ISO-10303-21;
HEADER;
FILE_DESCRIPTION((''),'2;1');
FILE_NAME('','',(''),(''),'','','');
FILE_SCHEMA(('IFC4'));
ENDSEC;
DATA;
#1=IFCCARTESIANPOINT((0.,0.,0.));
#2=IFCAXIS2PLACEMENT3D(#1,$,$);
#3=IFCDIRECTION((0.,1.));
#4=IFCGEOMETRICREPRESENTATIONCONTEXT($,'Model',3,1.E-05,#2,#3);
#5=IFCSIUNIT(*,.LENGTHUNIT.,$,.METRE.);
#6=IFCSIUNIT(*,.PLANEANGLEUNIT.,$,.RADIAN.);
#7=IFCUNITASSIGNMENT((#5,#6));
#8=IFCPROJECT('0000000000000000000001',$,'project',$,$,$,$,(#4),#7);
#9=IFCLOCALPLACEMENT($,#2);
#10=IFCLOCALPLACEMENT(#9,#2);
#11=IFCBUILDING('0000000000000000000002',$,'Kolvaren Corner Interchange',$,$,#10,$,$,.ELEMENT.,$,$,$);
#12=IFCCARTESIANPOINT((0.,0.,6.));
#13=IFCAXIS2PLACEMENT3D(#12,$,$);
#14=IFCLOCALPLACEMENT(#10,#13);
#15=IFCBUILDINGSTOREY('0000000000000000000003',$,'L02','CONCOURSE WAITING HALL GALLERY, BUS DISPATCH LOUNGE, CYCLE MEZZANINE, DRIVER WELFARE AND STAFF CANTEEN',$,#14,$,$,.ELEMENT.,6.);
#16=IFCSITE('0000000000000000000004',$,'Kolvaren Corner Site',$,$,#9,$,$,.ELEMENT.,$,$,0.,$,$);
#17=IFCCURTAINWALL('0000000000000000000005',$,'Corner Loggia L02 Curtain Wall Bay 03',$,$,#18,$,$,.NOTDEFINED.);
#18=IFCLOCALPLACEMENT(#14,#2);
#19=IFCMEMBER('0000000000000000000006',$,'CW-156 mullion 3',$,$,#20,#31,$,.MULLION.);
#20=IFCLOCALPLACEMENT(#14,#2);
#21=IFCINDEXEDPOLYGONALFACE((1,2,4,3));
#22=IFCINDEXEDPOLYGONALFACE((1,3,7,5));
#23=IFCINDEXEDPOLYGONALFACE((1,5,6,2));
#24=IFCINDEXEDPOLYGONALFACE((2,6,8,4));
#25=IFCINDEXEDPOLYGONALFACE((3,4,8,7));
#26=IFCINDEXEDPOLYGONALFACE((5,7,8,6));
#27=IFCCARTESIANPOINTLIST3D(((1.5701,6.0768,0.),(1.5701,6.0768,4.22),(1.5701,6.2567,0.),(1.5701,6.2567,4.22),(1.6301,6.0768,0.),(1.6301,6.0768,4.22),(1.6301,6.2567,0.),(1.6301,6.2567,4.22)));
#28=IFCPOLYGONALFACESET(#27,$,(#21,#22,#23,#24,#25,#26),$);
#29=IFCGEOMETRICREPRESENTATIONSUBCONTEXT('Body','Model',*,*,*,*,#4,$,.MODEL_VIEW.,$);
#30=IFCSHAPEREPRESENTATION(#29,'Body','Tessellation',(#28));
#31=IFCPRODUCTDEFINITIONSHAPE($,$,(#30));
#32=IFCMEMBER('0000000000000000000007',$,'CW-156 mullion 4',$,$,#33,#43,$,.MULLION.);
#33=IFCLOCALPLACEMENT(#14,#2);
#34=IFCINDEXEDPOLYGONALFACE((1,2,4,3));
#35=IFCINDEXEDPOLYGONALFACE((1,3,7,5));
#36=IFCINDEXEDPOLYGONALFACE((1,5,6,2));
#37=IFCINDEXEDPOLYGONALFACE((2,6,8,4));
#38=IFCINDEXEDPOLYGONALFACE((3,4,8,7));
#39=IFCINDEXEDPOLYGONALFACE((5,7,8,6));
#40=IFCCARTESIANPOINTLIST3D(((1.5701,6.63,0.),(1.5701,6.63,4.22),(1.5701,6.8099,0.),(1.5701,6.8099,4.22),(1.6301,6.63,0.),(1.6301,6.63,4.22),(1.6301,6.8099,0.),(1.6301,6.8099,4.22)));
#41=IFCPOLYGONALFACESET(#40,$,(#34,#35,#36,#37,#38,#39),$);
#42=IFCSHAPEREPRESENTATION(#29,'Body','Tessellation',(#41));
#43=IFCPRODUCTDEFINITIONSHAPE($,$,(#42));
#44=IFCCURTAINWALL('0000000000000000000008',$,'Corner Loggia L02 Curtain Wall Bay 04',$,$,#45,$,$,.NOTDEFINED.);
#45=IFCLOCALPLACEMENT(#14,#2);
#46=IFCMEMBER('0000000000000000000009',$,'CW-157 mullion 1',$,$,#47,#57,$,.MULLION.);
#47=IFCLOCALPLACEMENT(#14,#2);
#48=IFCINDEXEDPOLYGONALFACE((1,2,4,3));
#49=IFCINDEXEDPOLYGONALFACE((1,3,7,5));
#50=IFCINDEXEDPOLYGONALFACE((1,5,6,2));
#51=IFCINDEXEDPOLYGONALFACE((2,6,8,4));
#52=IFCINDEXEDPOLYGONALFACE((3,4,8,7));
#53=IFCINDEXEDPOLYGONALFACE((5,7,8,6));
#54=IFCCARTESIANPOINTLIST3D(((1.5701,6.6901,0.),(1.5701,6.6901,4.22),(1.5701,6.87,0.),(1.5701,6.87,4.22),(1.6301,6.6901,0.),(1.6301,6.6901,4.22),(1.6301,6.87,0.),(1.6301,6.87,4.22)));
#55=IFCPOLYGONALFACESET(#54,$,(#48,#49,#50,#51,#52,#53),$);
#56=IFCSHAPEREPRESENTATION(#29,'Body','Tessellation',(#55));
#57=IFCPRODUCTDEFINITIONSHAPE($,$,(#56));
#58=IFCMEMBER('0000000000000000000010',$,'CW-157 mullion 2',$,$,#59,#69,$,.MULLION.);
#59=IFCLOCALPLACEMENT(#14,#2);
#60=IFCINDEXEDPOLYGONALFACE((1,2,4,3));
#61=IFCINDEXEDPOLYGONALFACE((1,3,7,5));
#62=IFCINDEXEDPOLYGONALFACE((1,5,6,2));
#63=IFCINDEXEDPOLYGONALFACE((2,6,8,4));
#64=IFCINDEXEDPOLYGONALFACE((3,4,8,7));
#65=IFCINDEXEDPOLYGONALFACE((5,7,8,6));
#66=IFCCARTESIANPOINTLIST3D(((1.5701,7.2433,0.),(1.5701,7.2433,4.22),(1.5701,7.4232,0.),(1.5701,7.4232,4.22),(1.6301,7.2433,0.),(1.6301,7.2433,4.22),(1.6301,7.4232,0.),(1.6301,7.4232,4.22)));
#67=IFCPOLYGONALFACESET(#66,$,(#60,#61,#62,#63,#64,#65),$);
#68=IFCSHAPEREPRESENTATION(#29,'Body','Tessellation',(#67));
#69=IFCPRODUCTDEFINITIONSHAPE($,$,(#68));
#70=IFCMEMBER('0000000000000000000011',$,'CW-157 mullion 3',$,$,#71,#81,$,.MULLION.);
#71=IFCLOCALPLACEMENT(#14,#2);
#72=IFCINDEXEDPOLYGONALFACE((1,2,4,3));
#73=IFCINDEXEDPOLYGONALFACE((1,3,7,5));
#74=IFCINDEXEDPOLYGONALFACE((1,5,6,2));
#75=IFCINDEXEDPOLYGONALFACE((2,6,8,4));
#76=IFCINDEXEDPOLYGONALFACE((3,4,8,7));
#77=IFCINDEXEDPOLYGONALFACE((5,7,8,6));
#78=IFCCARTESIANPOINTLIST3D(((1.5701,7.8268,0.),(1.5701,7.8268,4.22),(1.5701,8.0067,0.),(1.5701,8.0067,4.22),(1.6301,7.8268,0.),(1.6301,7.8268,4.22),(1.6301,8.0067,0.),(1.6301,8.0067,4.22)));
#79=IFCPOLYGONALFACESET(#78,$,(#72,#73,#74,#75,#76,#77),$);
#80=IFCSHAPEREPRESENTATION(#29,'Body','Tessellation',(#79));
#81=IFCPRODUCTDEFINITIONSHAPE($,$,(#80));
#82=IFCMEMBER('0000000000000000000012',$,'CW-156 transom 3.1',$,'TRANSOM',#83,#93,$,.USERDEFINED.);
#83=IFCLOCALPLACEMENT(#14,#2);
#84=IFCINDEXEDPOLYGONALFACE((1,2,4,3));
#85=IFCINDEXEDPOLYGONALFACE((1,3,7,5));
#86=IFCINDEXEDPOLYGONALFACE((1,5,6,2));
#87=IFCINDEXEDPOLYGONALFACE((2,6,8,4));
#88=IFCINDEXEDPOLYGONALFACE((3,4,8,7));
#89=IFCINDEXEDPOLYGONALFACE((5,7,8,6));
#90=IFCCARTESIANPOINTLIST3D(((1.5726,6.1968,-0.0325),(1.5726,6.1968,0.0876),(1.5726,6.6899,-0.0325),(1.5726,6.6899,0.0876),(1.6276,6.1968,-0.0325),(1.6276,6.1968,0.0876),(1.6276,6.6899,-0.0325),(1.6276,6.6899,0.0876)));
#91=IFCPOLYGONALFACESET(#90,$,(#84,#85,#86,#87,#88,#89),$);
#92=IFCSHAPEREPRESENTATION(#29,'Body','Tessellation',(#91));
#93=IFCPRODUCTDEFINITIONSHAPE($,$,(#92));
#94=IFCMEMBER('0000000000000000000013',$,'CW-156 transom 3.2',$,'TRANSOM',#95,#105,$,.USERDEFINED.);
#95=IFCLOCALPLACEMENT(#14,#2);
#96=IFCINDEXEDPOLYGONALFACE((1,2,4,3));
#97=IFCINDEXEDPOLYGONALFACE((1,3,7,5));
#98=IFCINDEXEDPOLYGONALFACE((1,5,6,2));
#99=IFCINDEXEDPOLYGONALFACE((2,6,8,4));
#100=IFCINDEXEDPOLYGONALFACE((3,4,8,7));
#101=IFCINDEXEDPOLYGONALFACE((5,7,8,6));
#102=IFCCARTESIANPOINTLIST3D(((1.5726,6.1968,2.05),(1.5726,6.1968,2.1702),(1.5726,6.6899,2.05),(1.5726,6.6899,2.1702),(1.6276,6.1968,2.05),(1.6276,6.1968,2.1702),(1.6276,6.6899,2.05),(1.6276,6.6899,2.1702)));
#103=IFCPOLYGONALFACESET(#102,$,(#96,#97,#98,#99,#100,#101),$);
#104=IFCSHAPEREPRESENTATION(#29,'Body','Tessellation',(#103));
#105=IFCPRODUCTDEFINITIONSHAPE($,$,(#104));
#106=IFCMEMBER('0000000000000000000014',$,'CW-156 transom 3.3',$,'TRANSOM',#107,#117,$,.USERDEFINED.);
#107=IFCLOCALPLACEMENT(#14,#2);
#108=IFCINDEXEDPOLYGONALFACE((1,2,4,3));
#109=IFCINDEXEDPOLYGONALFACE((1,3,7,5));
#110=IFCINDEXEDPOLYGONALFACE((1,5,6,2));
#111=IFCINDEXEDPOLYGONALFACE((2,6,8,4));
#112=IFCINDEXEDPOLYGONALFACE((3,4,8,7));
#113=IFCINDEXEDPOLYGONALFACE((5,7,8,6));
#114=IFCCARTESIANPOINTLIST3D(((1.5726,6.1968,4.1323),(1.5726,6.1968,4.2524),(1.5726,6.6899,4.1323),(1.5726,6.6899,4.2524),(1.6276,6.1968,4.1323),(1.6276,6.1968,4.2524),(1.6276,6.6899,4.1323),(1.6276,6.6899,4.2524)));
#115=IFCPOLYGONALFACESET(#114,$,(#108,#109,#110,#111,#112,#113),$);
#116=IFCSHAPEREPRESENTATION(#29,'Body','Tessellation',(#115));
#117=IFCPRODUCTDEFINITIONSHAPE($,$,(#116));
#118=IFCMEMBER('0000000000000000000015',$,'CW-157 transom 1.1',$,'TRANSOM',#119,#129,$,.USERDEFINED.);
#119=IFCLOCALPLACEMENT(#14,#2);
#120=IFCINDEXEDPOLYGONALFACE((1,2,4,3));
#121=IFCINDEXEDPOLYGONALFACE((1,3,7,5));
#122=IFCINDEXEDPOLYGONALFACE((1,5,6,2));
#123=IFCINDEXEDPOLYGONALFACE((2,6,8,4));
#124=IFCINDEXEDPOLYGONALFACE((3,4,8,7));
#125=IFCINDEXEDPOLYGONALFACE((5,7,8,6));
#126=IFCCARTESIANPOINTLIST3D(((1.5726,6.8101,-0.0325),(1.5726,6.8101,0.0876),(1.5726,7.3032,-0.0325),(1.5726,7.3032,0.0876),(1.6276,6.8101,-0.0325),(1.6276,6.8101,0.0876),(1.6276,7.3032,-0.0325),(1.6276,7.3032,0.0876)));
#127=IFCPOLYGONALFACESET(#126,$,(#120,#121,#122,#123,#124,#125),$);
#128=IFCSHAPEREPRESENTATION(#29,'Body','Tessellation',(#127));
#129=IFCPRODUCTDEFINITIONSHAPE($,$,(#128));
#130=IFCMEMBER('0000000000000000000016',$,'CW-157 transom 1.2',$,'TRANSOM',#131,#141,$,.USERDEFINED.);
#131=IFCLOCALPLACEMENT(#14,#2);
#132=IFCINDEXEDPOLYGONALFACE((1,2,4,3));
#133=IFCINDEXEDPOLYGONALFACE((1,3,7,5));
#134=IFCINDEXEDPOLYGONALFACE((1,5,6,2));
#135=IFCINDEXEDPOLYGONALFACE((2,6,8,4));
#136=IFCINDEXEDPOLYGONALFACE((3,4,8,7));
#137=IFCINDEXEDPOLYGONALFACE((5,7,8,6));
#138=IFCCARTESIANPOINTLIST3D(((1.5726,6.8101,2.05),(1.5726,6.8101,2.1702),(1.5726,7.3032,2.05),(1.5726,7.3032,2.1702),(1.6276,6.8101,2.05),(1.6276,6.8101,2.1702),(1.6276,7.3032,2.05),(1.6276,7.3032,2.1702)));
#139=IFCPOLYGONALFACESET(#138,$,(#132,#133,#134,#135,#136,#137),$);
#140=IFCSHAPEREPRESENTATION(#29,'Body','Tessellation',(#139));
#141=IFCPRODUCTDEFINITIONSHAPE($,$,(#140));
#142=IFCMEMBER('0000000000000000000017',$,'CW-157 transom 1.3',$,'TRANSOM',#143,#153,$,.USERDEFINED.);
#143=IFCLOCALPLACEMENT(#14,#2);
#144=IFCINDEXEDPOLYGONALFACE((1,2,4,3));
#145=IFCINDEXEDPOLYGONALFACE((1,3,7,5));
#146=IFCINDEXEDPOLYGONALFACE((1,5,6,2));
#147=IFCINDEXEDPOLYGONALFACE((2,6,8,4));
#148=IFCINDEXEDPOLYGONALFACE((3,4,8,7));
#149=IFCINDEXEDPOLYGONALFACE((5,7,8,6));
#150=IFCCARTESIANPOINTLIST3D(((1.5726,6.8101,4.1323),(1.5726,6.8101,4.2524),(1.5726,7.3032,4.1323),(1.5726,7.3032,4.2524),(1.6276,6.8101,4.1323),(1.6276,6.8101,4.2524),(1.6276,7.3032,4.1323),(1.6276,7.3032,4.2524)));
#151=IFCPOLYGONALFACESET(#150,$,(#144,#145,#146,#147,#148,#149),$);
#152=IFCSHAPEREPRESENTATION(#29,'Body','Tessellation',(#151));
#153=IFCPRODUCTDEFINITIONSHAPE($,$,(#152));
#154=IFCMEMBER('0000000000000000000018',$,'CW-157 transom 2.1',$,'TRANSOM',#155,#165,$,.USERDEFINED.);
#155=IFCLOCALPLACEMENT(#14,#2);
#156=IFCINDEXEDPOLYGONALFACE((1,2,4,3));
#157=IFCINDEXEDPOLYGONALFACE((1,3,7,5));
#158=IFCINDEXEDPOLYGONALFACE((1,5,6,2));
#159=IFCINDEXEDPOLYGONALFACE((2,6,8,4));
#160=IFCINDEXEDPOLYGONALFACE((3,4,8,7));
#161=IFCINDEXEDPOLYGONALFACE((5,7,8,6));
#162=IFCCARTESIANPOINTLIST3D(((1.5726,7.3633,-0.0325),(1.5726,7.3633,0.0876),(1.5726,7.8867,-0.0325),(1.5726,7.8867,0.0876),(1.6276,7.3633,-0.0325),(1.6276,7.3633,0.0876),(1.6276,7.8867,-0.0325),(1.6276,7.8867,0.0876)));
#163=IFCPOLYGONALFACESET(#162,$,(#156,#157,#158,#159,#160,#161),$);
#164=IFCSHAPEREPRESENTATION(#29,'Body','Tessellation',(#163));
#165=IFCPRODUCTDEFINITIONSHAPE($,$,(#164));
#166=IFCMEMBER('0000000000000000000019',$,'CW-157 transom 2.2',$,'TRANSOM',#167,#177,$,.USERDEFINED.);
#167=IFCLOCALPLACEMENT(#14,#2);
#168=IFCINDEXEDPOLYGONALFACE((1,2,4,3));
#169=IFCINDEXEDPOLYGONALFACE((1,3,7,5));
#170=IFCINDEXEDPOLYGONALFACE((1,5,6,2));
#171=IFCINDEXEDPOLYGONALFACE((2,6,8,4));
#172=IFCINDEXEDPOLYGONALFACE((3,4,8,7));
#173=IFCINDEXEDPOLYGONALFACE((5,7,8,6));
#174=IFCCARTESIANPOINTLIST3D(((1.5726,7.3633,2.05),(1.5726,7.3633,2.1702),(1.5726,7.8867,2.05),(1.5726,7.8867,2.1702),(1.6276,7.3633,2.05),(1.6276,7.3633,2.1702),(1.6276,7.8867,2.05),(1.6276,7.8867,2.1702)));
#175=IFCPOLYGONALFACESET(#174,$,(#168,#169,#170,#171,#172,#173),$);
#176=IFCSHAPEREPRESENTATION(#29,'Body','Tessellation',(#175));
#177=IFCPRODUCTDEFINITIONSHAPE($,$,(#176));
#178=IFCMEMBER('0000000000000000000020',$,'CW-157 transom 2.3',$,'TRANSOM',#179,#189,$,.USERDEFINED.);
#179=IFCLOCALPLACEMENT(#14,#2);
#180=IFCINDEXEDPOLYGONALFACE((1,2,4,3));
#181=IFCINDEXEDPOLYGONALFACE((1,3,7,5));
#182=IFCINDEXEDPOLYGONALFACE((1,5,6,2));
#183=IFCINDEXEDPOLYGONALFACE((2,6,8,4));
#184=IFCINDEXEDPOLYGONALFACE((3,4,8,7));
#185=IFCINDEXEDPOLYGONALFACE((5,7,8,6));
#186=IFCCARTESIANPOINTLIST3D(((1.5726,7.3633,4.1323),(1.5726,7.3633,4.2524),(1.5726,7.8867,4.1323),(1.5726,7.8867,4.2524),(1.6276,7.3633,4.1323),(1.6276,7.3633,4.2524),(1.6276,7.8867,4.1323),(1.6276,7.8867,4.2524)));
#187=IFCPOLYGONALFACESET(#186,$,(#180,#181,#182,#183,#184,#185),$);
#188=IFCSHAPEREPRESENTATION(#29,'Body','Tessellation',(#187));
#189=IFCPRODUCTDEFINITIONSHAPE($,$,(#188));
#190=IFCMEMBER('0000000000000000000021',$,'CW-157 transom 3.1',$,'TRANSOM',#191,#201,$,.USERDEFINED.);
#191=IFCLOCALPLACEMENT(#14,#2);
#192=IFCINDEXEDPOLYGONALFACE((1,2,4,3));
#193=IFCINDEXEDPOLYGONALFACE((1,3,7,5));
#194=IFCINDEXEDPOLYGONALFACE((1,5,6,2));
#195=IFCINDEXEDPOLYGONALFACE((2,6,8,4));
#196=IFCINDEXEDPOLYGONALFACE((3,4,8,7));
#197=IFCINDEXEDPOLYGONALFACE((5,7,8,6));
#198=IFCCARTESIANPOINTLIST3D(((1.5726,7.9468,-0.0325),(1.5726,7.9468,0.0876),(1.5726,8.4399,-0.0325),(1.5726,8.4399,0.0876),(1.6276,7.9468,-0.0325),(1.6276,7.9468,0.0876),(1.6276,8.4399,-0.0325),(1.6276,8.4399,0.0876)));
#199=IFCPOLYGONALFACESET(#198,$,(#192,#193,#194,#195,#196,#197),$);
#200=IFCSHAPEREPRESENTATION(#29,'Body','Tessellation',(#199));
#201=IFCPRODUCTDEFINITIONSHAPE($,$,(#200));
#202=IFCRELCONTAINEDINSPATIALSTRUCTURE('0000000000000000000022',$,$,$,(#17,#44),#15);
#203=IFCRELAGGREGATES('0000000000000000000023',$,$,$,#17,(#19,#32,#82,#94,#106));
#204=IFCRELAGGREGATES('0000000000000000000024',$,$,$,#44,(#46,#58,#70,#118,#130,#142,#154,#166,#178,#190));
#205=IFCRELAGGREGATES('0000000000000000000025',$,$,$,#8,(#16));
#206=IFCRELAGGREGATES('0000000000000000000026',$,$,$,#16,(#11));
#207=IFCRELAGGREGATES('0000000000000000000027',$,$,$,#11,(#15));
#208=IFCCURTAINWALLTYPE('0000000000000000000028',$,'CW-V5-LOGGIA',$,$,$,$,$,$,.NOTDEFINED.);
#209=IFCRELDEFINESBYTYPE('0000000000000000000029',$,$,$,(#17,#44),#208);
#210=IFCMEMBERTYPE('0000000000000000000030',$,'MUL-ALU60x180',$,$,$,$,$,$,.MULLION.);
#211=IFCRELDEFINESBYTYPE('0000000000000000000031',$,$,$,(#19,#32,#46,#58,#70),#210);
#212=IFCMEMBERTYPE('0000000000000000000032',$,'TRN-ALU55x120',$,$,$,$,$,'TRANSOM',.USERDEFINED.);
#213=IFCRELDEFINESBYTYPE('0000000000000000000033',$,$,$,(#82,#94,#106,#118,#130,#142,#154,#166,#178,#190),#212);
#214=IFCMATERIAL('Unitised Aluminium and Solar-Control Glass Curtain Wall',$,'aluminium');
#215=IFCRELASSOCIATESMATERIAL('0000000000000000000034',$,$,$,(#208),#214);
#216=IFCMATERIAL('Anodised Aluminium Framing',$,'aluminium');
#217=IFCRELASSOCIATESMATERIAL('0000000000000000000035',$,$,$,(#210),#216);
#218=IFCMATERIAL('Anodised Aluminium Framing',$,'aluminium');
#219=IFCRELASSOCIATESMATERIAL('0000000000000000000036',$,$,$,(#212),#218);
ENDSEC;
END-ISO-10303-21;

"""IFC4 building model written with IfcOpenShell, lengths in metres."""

from ifc_helpers import new_model, si_unit, direction, frame, origin, origin_2d, place, context, subcontext, project, spatial, rectangle, extrude, material, material_profile, profile_set, type_object, element, aggregate, save


model = new_model("IFC4")

# Units and contexts
model_context = context("Model", 3, precision=1e-05, world=origin(), true_north=direction((0.0, 1.0)))
body_context = subcontext(model_context, "Body", "Model", "MODEL_VIEW")
ifc_project = project(units=[si_unit("LENGTHUNIT", "METRE"), si_unit("PLANEANGLEUNIT", "RADIAN")], contexts=[model_context])

# Site, building, storey
site_placement = place(None, origin())
site = spatial("IfcSite", under=ifc_project, at=site_placement, Name="Kolvaren Corner Site", CompositionType="ELEMENT", RefElevation=0.0)
building_placement = place(site_placement, origin())
building = spatial("IfcBuilding", under=site, at=building_placement, Name="Kolvaren Corner Interchange", CompositionType="ELEMENT")
storey_placement = place(building_placement, frame((0.0, 0.0, 6.0)))
storey = spatial("IfcBuildingStorey", under=building, at=storey_placement, Name="L02", Description="CONCOURSE WAITING HALL GALLERY, BUS DISPATCH LOUNGE, CYCLE MEZZANINE, DRIVER WELFARE AND STAFF CANTEEN", CompositionType="ELEMENT", Elevation=6.0)

# Curtain walls, members
ifc_material_1 = material(Name="Unitised Aluminium and Solar-Control Glass Curtain Wall", Category="aluminium")
curtain_wall_type = type_object("IfcCurtainWallType", Name="CW-V5-LOGGIA", PredefinedType="NOTDEFINED", material=ifc_material_1)
curtain_wall_1_placement = place(storey_placement, origin())
curtain_wall_1 = element("IfcCurtainWall", 1, at=curtain_wall_1_placement, inside=storey, type_object=curtain_wall_type, Name="Corner Loggia L02 Curtain Wall Bay 03", PredefinedType="NOTDEFINED")
ifc_material_2 = material(Name="Anodised Aluminium Framing", Category="aluminium")
ifc_material_profile_1 = material_profile(ifc_material_2, rectangle(XDim=0.0601, YDim=0.1799, at=origin_2d()), Name="ALU 60x180")
ifc_profile_set_1 = profile_set([ifc_material_profile_1], Name="Anodised Aluminium Framing")
member_type_1 = type_object("IfcMemberType", Name="MUL-ALU60x180", PredefinedType="MULLION", material=ifc_profile_set_1)
member_1_placement = place(storey_placement, frame((1.6001, 6.1667, 0.0), z_axis=(0.0, 0.0, 1.0), x_axis=(-1.0, 0.0, 0.0)))
member_1 = element("IfcMember", 2, at=member_1_placement, type_object=member_type_1, Name="CW-156 mullion 3", PredefinedType="MULLION", context=body_context, shape_type="SweptSolid", body=[
    extrude(rectangle(XDim=0.0601, YDim=0.1799, at=origin_2d()), origin(), (0.0, 0.0, 1.0), 4.22),
])
member_2_placement = place(storey_placement, frame((1.6001, 6.72, 0.0), z_axis=(0.0, 0.0, 1.0), x_axis=(-1.0, 0.0, 0.0)))
member_2 = element("IfcMember", 3, at=member_2_placement, type_object=member_type_1, Name="CW-156 mullion 4", PredefinedType="MULLION", context=body_context, shape_type="SweptSolid", body=[
    extrude(rectangle(XDim=0.0601, YDim=0.1799, at=origin_2d()), origin(), (0.0, 0.0, 1.0), 4.22),
])
curtain_wall_2_placement = place(storey_placement, origin())
curtain_wall_2 = element("IfcCurtainWall", 4, at=curtain_wall_2_placement, inside=storey, type_object=curtain_wall_type, Name="Corner Loggia L02 Curtain Wall Bay 04", PredefinedType="NOTDEFINED")
member_3_placement = place(storey_placement, frame((1.6001, 6.78, 0.0), z_axis=(0.0, 0.0, 1.0), x_axis=(-1.0, 0.0, 0.0)))
member_3 = element("IfcMember", 5, at=member_3_placement, type_object=member_type_1, Name="CW-157 mullion 1", PredefinedType="MULLION", context=body_context, shape_type="SweptSolid", body=[
    extrude(rectangle(XDim=0.0601, YDim=0.1799, at=origin_2d()), origin(), (0.0, 0.0, 1.0), 4.22),
])
member_4_placement = place(storey_placement, frame((1.6001, 7.3333, 0.0), z_axis=(0.0, 0.0, 1.0), x_axis=(-1.0, 0.0, 0.0)))
member_4 = element("IfcMember", 6, at=member_4_placement, type_object=member_type_1, Name="CW-157 mullion 2", PredefinedType="MULLION", context=body_context, shape_type="SweptSolid", body=[
    extrude(rectangle(XDim=0.0601, YDim=0.1799, at=origin_2d()), origin(), (0.0, 0.0, 1.0), 4.22),
])
member_5_placement = place(storey_placement, frame((1.6001, 7.9167, 0.0), z_axis=(0.0, 0.0, 1.0), x_axis=(-1.0, 0.0, 0.0)))
member_5 = element("IfcMember", 7, at=member_5_placement, type_object=member_type_1, Name="CW-157 mullion 3", PredefinedType="MULLION", context=body_context, shape_type="SweptSolid", body=[
    extrude(rectangle(XDim=0.0601, YDim=0.1799, at=origin_2d()), origin(), (0.0, 0.0, 1.0), 4.22),
])

# Members
ifc_material_3 = material(Name="Anodised Aluminium Framing", Category="aluminium")
ifc_material_profile_2 = material_profile(ifc_material_3, rectangle(XDim=0.0549, YDim=0.1201, at=origin_2d()), Name="ALU 55x120")
ifc_profile_set_2 = profile_set([ifc_material_profile_2], Name="Anodised Aluminium Framing")
member_type_2 = type_object("IfcMemberType", Name="TRN-ALU55x120", ElementType="TRANSOM", PredefinedType="USERDEFINED", material=ifc_profile_set_2)
member_6_placement = place(storey_placement, frame((1.6001, 6.1968, 0.0276), z_axis=(0.0, 1.0, 0.0), x_axis=(-1.0, 0.0, 0.0)))
member_6 = element("IfcMember", 8, at=member_6_placement, type_object=member_type_2, Name="CW-156 transom 3.1", ObjectType="TRANSOM", PredefinedType="USERDEFINED", context=body_context, shape_type="SweptSolid", body=[
    extrude(rectangle(XDim=0.0549, YDim=0.1201, at=origin_2d()), origin(), (0.0, 0.0, 1.0), 0.4932),
])
member_7_placement = place(storey_placement, frame((1.6001, 6.1968, 2.1101), z_axis=(0.0, 1.0, 0.0), x_axis=(-1.0, 0.0, 0.0)))
member_7 = element("IfcMember", 9, at=member_7_placement, type_object=member_type_2, Name="CW-156 transom 3.2", ObjectType="TRANSOM", PredefinedType="USERDEFINED", context=body_context, shape_type="SweptSolid", body=[
    extrude(rectangle(XDim=0.0549, YDim=0.1201, at=origin_2d()), origin(), (0.0, 0.0, 1.0), 0.4932),
])
member_8_placement = place(storey_placement, frame((1.6001, 6.1968, 4.1924), z_axis=(0.0, 1.0, 0.0), x_axis=(-1.0, 0.0, 0.0)))
member_8 = element("IfcMember", 10, at=member_8_placement, type_object=member_type_2, Name="CW-156 transom 3.3", ObjectType="TRANSOM", PredefinedType="USERDEFINED", context=body_context, shape_type="SweptSolid", body=[
    extrude(rectangle(XDim=0.0549, YDim=0.1201, at=origin_2d()), origin(), (0.0, 0.0, 1.0), 0.4932),
])
member_9_placement = place(storey_placement, frame((1.6001, 6.8101, 0.0276), z_axis=(0.0, 1.0, 0.0), x_axis=(-1.0, 0.0, 0.0)))
member_9 = element("IfcMember", 11, at=member_9_placement, type_object=member_type_2, Name="CW-157 transom 1.1", ObjectType="TRANSOM", PredefinedType="USERDEFINED", context=body_context, shape_type="SweptSolid", body=[
    extrude(rectangle(XDim=0.0549, YDim=0.1201, at=origin_2d()), origin(), (0.0, 0.0, 1.0), 0.4932),
])
member_10_placement = place(storey_placement, frame((1.6001, 6.8101, 2.1101), z_axis=(0.0, 1.0, 0.0), x_axis=(-1.0, 0.0, 0.0)))
member_10 = element("IfcMember", 12, at=member_10_placement, type_object=member_type_2, Name="CW-157 transom 1.2", ObjectType="TRANSOM", PredefinedType="USERDEFINED", context=body_context, shape_type="SweptSolid", body=[
    extrude(rectangle(XDim=0.0549, YDim=0.1201, at=origin_2d()), origin(), (0.0, 0.0, 1.0), 0.4932),
])
member_11_placement = place(storey_placement, frame((1.6001, 6.8101, 4.1924), z_axis=(0.0, 1.0, 0.0), x_axis=(-1.0, 0.0, 0.0)))
member_11 = element("IfcMember", 13, at=member_11_placement, type_object=member_type_2, Name="CW-157 transom 1.3", ObjectType="TRANSOM", PredefinedType="USERDEFINED", context=body_context, shape_type="SweptSolid", body=[
    extrude(rectangle(XDim=0.0549, YDim=0.1201, at=origin_2d()), origin(), (0.0, 0.0, 1.0), 0.4932),
])
member_12_placement = place(storey_placement, frame((1.6001, 7.3633, 0.0276), z_axis=(0.0, 1.0, 0.0), x_axis=(-1.0, 0.0, 0.0)))
member_12 = element("IfcMember", 14, at=member_12_placement, type_object=member_type_2, Name="CW-157 transom 2.1", ObjectType="TRANSOM", PredefinedType="USERDEFINED", context=body_context, shape_type="SweptSolid", body=[
    extrude(rectangle(XDim=0.0549, YDim=0.1201, at=origin_2d()), origin(), (0.0, 0.0, 1.0), 0.5234),
])
member_13_placement = place(storey_placement, frame((1.6001, 7.3633, 2.1101), z_axis=(0.0, 1.0, 0.0), x_axis=(-1.0, 0.0, 0.0)))
member_13 = element("IfcMember", 15, at=member_13_placement, type_object=member_type_2, Name="CW-157 transom 2.2", ObjectType="TRANSOM", PredefinedType="USERDEFINED", context=body_context, shape_type="SweptSolid", body=[
    extrude(rectangle(XDim=0.0549, YDim=0.1201, at=origin_2d()), origin(), (0.0, 0.0, 1.0), 0.5234),
])
member_14_placement = place(storey_placement, frame((1.6001, 7.3633, 4.1924), z_axis=(0.0, 1.0, 0.0), x_axis=(-1.0, 0.0, 0.0)))
member_14 = element("IfcMember", 16, at=member_14_placement, type_object=member_type_2, Name="CW-157 transom 2.3", ObjectType="TRANSOM", PredefinedType="USERDEFINED", context=body_context, shape_type="SweptSolid", body=[
    extrude(rectangle(XDim=0.0549, YDim=0.1201, at=origin_2d()), origin(), (0.0, 0.0, 1.0), 0.5234),
])
member_15_placement = place(storey_placement, frame((1.6001, 7.9468, 0.0276), z_axis=(0.0, 1.0, 0.0), x_axis=(-1.0, 0.0, 0.0)))
member_15 = element("IfcMember", 17, at=member_15_placement, type_object=member_type_2, Name="CW-157 transom 3.1", ObjectType="TRANSOM", PredefinedType="USERDEFINED", context=body_context, shape_type="SweptSolid", body=[
    extrude(rectangle(XDim=0.0549, YDim=0.1201, at=origin_2d()), origin(), (0.0, 0.0, 1.0), 0.4932),
])

aggregate(curtain_wall_1, [member_1, member_2, member_6, member_7, member_8])
aggregate(curtain_wall_2, [member_3, member_4, member_5, member_9, member_10, member_11, member_12, member_13, member_14, member_15])

save(model, "model.ifc")
